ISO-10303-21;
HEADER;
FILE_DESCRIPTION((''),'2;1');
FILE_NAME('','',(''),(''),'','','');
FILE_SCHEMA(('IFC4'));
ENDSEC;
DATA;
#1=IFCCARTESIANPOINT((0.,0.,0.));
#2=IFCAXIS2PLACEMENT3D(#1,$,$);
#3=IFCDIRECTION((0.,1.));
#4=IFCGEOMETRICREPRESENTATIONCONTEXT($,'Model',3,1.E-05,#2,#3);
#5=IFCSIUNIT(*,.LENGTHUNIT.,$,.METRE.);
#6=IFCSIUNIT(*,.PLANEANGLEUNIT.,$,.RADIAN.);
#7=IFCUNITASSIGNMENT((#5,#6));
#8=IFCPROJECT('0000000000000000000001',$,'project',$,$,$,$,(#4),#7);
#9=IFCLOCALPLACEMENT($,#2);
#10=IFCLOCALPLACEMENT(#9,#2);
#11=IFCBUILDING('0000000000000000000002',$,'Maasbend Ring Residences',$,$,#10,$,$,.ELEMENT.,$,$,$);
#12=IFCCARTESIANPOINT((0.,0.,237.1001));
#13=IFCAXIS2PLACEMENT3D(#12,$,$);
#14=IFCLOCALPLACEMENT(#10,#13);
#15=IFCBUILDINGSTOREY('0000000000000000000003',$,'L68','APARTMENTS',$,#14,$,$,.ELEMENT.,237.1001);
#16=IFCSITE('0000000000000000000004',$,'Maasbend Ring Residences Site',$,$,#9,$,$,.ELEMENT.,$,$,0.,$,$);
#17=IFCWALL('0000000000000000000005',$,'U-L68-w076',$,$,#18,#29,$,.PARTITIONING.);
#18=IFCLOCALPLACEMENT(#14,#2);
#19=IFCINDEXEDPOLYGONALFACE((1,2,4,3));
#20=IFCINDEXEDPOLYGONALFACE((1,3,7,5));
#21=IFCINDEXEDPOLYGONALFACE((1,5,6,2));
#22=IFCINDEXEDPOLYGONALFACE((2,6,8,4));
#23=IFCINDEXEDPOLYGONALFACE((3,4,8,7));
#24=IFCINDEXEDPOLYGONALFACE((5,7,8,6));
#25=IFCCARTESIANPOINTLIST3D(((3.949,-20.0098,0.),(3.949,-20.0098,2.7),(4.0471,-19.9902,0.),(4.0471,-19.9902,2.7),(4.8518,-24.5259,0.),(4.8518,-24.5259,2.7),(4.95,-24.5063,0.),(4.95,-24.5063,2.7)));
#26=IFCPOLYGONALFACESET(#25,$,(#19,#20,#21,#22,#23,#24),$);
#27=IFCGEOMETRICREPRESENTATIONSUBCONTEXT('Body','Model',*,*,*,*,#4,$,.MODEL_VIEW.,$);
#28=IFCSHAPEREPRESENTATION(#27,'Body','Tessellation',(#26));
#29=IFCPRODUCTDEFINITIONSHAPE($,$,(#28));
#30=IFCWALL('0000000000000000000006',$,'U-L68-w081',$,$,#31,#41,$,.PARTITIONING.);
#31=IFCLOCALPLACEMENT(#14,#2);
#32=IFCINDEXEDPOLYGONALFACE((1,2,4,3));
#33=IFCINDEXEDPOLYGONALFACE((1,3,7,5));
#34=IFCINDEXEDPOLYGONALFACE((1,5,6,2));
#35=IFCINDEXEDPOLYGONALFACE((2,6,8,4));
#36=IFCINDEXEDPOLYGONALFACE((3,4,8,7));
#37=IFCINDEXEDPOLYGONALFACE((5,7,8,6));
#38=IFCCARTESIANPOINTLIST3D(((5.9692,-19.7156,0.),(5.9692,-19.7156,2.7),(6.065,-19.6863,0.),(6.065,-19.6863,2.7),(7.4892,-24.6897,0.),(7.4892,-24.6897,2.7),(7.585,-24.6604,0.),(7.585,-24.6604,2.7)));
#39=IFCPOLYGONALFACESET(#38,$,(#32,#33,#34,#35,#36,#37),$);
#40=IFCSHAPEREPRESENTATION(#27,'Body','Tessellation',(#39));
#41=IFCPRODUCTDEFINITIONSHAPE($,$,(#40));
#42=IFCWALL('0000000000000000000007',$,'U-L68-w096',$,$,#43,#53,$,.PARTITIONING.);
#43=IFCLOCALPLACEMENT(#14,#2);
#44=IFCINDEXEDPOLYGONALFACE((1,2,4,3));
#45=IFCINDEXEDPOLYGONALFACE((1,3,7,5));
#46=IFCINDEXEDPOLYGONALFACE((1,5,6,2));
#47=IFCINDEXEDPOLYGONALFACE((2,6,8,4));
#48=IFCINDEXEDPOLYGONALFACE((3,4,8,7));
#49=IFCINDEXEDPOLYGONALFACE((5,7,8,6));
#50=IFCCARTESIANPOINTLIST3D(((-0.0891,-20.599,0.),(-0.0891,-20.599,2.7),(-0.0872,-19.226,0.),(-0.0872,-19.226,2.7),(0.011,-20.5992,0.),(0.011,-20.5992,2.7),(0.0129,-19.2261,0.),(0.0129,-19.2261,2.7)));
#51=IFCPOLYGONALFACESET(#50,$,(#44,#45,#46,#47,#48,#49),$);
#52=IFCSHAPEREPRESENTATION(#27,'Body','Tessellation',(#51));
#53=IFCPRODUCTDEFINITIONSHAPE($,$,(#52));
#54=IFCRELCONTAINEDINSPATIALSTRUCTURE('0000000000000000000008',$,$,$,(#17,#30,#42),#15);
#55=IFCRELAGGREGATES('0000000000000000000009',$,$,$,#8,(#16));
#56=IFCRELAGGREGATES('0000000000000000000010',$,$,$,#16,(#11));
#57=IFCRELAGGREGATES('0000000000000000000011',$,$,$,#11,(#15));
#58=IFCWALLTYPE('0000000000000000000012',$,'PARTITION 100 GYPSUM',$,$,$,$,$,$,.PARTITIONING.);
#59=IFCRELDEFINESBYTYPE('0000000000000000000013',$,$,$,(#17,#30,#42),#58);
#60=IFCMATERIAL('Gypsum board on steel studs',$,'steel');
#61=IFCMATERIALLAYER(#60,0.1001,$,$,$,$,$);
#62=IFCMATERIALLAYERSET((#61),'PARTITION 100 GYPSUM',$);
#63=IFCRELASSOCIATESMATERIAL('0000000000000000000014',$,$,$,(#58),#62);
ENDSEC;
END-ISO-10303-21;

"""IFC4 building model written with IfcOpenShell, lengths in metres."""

from ifc_helpers import new_model, si_unit, direction, frame, frame_2d, origin, place, context, subcontext, project, spatial, rectangle, extrude, material, layer, layer_set, type_object, element, save


model = new_model("IFC4")

# Units and contexts
model_context = context("Model", 3, precision=1e-05, world=origin(), true_north=direction((0.0, 1.0)))
body_context = subcontext(model_context, "Body", "Model", "MODEL_VIEW")
ifc_project = project(units=[si_unit("LENGTHUNIT", "METRE"), si_unit("PLANEANGLEUNIT", "RADIAN")], contexts=[model_context])

# Site, building, storey
site_placement = place(None, origin())
site = spatial("IfcSite", under=ifc_project, at=site_placement, Name="Maasbend Ring Residences Site", CompositionType="ELEMENT", RefElevation=0.0)
building_placement = place(site_placement, origin())
building = spatial("IfcBuilding", under=site, at=building_placement, Name="Maasbend Ring Residences", CompositionType="ELEMENT")
storey_placement = place(building_placement, frame((0.0, 0.0, 237.1001)))
storey = spatial("IfcBuildingStorey", under=building, at=storey_placement, Name="L68", Description="APARTMENTS", CompositionType="ELEMENT", Elevation=237.1001)

# Shared definitions
ifc_material_1 = material(Name="Gypsum board on steel studs", Category="steel")
ifc_layer_1 = layer(ifc_material_1, 0.1001)
ifc_layer_set_1 = layer_set([ifc_layer_1], Name="PARTITION 100 GYPSUM")
wall_type_1 = type_object("IfcWallType", Name="PARTITION 100 GYPSUM", PredefinedType="PARTITIONING", material=ifc_layer_set_1)

# Walls
wall_1_placement = place(storey_placement, frame((3.998, -20.0, 0.0), z_axis=(0.0, 0.0, 1.0), x_axis=(0.196035, -0.980597, 0.0)))
element("IfcWall", 1, at=wall_1_placement, inside=storey, type_object=wall_type_1, Name="U-L68-w076", PredefinedType="PARTITIONING", context=body_context, shape_type="SweptSolid", body=[
    extrude(rectangle(XDim=4.6055, YDim=0.1001, at=frame_2d((2.3027, 0.0))), origin(), (0.0, 0.0, 1.0), 2.7),
])
wall_2_placement = place(storey_placement, frame((6.0171, -19.7009, 0.0), z_axis=(0.0, 0.0, 1.0), x_axis=(0.292245, -0.956344, 0.0)))
element("IfcWall", 2, at=wall_2_placement, inside=storey, type_object=wall_type_1, Name="U-L68-w081", PredefinedType="PARTITIONING", context=body_context, shape_type="SweptSolid", body=[
    extrude(rectangle(XDim=5.2012, YDim=0.1001, at=frame_2d((2.6006, 0.0))), origin(), (0.0, 0.0, 1.0), 2.7),
])
wall_3_placement = place(storey_placement, frame((-0.0391, -20.5991, 0.0), z_axis=(0.0, 0.0, 1.0), x_axis=(0.001422, 0.999999, 0.0)))
element("IfcWall", 3, at=wall_3_placement, inside=storey, type_object=wall_type_1, Name="U-L68-w096", PredefinedType="PARTITIONING", context=body_context, shape_type="SweptSolid", body=[
    extrude(rectangle(XDim=1.373, YDim=0.1001, at=frame_2d((0.6865, 0.0))), origin(), (0.0, 0.0, 1.0), 2.7),
])

save(model, "model.ifc")
